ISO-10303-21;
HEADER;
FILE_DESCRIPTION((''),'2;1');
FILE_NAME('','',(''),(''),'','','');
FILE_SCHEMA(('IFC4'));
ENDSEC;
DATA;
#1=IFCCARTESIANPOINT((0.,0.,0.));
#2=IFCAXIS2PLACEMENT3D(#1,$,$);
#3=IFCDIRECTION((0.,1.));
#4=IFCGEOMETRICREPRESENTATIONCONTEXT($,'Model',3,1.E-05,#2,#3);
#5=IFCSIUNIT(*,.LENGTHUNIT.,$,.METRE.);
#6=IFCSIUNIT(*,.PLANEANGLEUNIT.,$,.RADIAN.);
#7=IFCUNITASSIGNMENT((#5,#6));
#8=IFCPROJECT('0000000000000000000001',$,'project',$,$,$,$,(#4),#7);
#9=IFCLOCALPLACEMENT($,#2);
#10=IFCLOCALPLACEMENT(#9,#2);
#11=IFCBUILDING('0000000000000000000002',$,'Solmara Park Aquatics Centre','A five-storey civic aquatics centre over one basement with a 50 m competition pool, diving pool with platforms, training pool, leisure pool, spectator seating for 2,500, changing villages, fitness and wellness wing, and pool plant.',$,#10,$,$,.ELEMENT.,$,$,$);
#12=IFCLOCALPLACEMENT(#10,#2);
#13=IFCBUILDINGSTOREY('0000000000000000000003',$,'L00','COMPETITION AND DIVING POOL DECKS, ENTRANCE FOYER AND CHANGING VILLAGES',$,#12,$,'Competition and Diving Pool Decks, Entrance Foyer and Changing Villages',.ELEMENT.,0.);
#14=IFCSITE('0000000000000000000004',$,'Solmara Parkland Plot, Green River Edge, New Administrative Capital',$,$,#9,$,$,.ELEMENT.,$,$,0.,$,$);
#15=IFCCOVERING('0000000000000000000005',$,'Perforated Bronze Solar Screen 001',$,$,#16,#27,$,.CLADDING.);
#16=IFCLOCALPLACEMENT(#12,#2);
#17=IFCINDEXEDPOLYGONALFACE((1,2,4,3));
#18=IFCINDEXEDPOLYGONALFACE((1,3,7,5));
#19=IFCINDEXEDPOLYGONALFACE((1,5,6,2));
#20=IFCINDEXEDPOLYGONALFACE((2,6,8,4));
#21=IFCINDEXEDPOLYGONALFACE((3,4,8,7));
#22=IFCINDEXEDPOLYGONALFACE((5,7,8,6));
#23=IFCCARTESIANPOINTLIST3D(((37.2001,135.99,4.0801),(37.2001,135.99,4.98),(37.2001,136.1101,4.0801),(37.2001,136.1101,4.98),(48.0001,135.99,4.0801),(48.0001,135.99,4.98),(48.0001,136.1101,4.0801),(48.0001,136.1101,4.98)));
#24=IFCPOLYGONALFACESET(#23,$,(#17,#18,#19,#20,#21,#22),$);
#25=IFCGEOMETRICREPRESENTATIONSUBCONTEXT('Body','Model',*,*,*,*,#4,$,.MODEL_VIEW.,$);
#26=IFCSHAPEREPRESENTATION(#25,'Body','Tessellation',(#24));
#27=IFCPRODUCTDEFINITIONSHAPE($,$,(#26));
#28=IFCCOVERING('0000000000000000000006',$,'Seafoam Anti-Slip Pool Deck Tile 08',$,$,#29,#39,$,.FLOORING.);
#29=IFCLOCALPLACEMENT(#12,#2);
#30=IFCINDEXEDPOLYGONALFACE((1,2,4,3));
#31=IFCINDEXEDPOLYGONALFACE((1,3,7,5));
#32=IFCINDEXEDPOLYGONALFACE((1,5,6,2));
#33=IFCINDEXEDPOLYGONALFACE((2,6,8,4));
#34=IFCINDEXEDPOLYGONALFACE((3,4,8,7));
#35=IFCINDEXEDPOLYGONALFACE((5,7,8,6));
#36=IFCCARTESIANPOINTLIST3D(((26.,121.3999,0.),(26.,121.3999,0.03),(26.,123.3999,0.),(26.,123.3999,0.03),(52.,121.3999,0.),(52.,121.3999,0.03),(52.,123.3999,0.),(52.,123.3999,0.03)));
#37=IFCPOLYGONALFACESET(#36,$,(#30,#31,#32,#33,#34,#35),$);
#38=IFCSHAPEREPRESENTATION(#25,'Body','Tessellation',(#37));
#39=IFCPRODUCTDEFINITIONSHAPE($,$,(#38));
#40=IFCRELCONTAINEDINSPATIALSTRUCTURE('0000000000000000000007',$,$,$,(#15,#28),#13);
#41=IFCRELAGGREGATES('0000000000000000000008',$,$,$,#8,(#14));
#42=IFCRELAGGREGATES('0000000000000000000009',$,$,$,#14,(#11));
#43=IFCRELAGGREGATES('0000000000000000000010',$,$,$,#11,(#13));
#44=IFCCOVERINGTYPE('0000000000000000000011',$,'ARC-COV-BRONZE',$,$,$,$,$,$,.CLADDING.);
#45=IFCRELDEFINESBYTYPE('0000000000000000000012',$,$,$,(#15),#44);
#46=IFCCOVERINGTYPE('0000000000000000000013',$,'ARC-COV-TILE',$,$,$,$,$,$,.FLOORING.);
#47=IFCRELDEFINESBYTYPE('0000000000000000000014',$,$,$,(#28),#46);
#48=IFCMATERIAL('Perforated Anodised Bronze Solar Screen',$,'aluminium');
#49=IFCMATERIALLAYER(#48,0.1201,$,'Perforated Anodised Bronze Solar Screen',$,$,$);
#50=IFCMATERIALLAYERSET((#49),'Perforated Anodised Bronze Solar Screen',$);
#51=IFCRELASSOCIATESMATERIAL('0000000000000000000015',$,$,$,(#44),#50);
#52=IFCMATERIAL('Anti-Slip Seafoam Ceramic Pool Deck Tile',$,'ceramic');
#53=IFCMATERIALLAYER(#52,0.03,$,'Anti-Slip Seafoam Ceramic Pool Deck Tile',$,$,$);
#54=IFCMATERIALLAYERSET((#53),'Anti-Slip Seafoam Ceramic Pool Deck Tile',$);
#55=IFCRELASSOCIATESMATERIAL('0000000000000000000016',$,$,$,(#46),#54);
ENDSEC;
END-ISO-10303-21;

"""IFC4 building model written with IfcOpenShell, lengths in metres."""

from ifc_helpers import new_model, si_unit, direction, frame, origin, origin_2d, place, context, subcontext, project, spatial, rectangle, extrude, material, layer, layer_set, type_object, element, save


model = new_model("IFC4")

# Units and contexts
model_context = context("Model", 3, precision=1e-05, world=origin(), true_north=direction((0.0, 1.0)))
body_context = subcontext(model_context, "Body", "Model", "MODEL_VIEW")
ifc_project = project(units=[si_unit("LENGTHUNIT", "METRE"), si_unit("PLANEANGLEUNIT", "RADIAN")], contexts=[model_context])

# Site, building, storey
site_placement = place(None, origin())
site = spatial("IfcSite", under=ifc_project, at=site_placement, Name="Solmara Parkland Plot, Green River Edge, New Administrative Capital", CompositionType="ELEMENT", RefElevation=0.0)
building_placement = place(site_placement, origin())
building = spatial("IfcBuilding", under=site, at=building_placement, Name="Solmara Park Aquatics Centre", Description="A five-storey civic aquatics centre over one basement with a 50 m competition pool, diving pool with platforms, training pool, leisure pool, spectator seating for 2,500, changing villages, fitness and wellness wing, and pool plant.", CompositionType="ELEMENT")
storey_placement = place(building_placement, origin())
storey = spatial("IfcBuildingStorey", under=building, at=storey_placement, Name="L00", Description="COMPETITION AND DIVING POOL DECKS, ENTRANCE FOYER AND CHANGING VILLAGES", LongName="Competition and Diving Pool Decks, Entrance Foyer and Changing Villages", CompositionType="ELEMENT", Elevation=0.0)

# Coverings
ifc_material_1 = material(Name="Perforated Anodised Bronze Solar Screen", Category="aluminium")
ifc_layer_1 = layer(ifc_material_1, 0.1201, Name="Perforated Anodised Bronze Solar Screen")
ifc_layer_set_1 = layer_set([ifc_layer_1], Name="Perforated Anodised Bronze Solar Screen")
covering_type_1 = type_object("IfcCoveringType", Name="ARC-COV-BRONZE", PredefinedType="CLADDING", material=ifc_layer_set_1)
covering_1_placement = place(storey_placement, frame((42.6001, 136.05, 4.0801), z_axis=(0.0, 0.0, 1.0), x_axis=(1.0, 0.0, 0.0)))
element("IfcCovering", 1, at=covering_1_placement, inside=storey, type_object=covering_type_1, Name="Perforated Bronze Solar Screen 001", PredefinedType="CLADDING", context=body_context, shape_type="SweptSolid", body=[
    extrude(rectangle(XDim=10.8, YDim=0.1201, at=origin_2d()), origin(), (0.0, 0.0, 1.0), 0.8999),
])
ifc_material_2 = material(Name="Anti-Slip Seafoam Ceramic Pool Deck Tile", Category="ceramic")
ifc_layer_2 = layer(ifc_material_2, 0.03, Name="Anti-Slip Seafoam Ceramic Pool Deck Tile")
ifc_layer_set_2 = layer_set([ifc_layer_2], Name="Anti-Slip Seafoam Ceramic Pool Deck Tile")
covering_type_2 = type_object("IfcCoveringType", Name="ARC-COV-TILE", PredefinedType="FLOORING", material=ifc_layer_set_2)
covering_2_placement = place(storey_placement, frame((39.0, 122.3999, 0.0), z_axis=(0.0, 0.0, 1.0), x_axis=(1.0, 0.0, 0.0)))
element("IfcCovering", 2, at=covering_2_placement, inside=storey, type_object=covering_type_2, Name="Seafoam Anti-Slip Pool Deck Tile 08", PredefinedType="FLOORING", context=body_context, shape_type="SweptSolid", body=[
    extrude(rectangle(XDim=26.0, YDim=2.0, at=origin_2d()), origin(), (0.0, 0.0, 1.0), 0.03),
])

save(model, "model.ifc")
